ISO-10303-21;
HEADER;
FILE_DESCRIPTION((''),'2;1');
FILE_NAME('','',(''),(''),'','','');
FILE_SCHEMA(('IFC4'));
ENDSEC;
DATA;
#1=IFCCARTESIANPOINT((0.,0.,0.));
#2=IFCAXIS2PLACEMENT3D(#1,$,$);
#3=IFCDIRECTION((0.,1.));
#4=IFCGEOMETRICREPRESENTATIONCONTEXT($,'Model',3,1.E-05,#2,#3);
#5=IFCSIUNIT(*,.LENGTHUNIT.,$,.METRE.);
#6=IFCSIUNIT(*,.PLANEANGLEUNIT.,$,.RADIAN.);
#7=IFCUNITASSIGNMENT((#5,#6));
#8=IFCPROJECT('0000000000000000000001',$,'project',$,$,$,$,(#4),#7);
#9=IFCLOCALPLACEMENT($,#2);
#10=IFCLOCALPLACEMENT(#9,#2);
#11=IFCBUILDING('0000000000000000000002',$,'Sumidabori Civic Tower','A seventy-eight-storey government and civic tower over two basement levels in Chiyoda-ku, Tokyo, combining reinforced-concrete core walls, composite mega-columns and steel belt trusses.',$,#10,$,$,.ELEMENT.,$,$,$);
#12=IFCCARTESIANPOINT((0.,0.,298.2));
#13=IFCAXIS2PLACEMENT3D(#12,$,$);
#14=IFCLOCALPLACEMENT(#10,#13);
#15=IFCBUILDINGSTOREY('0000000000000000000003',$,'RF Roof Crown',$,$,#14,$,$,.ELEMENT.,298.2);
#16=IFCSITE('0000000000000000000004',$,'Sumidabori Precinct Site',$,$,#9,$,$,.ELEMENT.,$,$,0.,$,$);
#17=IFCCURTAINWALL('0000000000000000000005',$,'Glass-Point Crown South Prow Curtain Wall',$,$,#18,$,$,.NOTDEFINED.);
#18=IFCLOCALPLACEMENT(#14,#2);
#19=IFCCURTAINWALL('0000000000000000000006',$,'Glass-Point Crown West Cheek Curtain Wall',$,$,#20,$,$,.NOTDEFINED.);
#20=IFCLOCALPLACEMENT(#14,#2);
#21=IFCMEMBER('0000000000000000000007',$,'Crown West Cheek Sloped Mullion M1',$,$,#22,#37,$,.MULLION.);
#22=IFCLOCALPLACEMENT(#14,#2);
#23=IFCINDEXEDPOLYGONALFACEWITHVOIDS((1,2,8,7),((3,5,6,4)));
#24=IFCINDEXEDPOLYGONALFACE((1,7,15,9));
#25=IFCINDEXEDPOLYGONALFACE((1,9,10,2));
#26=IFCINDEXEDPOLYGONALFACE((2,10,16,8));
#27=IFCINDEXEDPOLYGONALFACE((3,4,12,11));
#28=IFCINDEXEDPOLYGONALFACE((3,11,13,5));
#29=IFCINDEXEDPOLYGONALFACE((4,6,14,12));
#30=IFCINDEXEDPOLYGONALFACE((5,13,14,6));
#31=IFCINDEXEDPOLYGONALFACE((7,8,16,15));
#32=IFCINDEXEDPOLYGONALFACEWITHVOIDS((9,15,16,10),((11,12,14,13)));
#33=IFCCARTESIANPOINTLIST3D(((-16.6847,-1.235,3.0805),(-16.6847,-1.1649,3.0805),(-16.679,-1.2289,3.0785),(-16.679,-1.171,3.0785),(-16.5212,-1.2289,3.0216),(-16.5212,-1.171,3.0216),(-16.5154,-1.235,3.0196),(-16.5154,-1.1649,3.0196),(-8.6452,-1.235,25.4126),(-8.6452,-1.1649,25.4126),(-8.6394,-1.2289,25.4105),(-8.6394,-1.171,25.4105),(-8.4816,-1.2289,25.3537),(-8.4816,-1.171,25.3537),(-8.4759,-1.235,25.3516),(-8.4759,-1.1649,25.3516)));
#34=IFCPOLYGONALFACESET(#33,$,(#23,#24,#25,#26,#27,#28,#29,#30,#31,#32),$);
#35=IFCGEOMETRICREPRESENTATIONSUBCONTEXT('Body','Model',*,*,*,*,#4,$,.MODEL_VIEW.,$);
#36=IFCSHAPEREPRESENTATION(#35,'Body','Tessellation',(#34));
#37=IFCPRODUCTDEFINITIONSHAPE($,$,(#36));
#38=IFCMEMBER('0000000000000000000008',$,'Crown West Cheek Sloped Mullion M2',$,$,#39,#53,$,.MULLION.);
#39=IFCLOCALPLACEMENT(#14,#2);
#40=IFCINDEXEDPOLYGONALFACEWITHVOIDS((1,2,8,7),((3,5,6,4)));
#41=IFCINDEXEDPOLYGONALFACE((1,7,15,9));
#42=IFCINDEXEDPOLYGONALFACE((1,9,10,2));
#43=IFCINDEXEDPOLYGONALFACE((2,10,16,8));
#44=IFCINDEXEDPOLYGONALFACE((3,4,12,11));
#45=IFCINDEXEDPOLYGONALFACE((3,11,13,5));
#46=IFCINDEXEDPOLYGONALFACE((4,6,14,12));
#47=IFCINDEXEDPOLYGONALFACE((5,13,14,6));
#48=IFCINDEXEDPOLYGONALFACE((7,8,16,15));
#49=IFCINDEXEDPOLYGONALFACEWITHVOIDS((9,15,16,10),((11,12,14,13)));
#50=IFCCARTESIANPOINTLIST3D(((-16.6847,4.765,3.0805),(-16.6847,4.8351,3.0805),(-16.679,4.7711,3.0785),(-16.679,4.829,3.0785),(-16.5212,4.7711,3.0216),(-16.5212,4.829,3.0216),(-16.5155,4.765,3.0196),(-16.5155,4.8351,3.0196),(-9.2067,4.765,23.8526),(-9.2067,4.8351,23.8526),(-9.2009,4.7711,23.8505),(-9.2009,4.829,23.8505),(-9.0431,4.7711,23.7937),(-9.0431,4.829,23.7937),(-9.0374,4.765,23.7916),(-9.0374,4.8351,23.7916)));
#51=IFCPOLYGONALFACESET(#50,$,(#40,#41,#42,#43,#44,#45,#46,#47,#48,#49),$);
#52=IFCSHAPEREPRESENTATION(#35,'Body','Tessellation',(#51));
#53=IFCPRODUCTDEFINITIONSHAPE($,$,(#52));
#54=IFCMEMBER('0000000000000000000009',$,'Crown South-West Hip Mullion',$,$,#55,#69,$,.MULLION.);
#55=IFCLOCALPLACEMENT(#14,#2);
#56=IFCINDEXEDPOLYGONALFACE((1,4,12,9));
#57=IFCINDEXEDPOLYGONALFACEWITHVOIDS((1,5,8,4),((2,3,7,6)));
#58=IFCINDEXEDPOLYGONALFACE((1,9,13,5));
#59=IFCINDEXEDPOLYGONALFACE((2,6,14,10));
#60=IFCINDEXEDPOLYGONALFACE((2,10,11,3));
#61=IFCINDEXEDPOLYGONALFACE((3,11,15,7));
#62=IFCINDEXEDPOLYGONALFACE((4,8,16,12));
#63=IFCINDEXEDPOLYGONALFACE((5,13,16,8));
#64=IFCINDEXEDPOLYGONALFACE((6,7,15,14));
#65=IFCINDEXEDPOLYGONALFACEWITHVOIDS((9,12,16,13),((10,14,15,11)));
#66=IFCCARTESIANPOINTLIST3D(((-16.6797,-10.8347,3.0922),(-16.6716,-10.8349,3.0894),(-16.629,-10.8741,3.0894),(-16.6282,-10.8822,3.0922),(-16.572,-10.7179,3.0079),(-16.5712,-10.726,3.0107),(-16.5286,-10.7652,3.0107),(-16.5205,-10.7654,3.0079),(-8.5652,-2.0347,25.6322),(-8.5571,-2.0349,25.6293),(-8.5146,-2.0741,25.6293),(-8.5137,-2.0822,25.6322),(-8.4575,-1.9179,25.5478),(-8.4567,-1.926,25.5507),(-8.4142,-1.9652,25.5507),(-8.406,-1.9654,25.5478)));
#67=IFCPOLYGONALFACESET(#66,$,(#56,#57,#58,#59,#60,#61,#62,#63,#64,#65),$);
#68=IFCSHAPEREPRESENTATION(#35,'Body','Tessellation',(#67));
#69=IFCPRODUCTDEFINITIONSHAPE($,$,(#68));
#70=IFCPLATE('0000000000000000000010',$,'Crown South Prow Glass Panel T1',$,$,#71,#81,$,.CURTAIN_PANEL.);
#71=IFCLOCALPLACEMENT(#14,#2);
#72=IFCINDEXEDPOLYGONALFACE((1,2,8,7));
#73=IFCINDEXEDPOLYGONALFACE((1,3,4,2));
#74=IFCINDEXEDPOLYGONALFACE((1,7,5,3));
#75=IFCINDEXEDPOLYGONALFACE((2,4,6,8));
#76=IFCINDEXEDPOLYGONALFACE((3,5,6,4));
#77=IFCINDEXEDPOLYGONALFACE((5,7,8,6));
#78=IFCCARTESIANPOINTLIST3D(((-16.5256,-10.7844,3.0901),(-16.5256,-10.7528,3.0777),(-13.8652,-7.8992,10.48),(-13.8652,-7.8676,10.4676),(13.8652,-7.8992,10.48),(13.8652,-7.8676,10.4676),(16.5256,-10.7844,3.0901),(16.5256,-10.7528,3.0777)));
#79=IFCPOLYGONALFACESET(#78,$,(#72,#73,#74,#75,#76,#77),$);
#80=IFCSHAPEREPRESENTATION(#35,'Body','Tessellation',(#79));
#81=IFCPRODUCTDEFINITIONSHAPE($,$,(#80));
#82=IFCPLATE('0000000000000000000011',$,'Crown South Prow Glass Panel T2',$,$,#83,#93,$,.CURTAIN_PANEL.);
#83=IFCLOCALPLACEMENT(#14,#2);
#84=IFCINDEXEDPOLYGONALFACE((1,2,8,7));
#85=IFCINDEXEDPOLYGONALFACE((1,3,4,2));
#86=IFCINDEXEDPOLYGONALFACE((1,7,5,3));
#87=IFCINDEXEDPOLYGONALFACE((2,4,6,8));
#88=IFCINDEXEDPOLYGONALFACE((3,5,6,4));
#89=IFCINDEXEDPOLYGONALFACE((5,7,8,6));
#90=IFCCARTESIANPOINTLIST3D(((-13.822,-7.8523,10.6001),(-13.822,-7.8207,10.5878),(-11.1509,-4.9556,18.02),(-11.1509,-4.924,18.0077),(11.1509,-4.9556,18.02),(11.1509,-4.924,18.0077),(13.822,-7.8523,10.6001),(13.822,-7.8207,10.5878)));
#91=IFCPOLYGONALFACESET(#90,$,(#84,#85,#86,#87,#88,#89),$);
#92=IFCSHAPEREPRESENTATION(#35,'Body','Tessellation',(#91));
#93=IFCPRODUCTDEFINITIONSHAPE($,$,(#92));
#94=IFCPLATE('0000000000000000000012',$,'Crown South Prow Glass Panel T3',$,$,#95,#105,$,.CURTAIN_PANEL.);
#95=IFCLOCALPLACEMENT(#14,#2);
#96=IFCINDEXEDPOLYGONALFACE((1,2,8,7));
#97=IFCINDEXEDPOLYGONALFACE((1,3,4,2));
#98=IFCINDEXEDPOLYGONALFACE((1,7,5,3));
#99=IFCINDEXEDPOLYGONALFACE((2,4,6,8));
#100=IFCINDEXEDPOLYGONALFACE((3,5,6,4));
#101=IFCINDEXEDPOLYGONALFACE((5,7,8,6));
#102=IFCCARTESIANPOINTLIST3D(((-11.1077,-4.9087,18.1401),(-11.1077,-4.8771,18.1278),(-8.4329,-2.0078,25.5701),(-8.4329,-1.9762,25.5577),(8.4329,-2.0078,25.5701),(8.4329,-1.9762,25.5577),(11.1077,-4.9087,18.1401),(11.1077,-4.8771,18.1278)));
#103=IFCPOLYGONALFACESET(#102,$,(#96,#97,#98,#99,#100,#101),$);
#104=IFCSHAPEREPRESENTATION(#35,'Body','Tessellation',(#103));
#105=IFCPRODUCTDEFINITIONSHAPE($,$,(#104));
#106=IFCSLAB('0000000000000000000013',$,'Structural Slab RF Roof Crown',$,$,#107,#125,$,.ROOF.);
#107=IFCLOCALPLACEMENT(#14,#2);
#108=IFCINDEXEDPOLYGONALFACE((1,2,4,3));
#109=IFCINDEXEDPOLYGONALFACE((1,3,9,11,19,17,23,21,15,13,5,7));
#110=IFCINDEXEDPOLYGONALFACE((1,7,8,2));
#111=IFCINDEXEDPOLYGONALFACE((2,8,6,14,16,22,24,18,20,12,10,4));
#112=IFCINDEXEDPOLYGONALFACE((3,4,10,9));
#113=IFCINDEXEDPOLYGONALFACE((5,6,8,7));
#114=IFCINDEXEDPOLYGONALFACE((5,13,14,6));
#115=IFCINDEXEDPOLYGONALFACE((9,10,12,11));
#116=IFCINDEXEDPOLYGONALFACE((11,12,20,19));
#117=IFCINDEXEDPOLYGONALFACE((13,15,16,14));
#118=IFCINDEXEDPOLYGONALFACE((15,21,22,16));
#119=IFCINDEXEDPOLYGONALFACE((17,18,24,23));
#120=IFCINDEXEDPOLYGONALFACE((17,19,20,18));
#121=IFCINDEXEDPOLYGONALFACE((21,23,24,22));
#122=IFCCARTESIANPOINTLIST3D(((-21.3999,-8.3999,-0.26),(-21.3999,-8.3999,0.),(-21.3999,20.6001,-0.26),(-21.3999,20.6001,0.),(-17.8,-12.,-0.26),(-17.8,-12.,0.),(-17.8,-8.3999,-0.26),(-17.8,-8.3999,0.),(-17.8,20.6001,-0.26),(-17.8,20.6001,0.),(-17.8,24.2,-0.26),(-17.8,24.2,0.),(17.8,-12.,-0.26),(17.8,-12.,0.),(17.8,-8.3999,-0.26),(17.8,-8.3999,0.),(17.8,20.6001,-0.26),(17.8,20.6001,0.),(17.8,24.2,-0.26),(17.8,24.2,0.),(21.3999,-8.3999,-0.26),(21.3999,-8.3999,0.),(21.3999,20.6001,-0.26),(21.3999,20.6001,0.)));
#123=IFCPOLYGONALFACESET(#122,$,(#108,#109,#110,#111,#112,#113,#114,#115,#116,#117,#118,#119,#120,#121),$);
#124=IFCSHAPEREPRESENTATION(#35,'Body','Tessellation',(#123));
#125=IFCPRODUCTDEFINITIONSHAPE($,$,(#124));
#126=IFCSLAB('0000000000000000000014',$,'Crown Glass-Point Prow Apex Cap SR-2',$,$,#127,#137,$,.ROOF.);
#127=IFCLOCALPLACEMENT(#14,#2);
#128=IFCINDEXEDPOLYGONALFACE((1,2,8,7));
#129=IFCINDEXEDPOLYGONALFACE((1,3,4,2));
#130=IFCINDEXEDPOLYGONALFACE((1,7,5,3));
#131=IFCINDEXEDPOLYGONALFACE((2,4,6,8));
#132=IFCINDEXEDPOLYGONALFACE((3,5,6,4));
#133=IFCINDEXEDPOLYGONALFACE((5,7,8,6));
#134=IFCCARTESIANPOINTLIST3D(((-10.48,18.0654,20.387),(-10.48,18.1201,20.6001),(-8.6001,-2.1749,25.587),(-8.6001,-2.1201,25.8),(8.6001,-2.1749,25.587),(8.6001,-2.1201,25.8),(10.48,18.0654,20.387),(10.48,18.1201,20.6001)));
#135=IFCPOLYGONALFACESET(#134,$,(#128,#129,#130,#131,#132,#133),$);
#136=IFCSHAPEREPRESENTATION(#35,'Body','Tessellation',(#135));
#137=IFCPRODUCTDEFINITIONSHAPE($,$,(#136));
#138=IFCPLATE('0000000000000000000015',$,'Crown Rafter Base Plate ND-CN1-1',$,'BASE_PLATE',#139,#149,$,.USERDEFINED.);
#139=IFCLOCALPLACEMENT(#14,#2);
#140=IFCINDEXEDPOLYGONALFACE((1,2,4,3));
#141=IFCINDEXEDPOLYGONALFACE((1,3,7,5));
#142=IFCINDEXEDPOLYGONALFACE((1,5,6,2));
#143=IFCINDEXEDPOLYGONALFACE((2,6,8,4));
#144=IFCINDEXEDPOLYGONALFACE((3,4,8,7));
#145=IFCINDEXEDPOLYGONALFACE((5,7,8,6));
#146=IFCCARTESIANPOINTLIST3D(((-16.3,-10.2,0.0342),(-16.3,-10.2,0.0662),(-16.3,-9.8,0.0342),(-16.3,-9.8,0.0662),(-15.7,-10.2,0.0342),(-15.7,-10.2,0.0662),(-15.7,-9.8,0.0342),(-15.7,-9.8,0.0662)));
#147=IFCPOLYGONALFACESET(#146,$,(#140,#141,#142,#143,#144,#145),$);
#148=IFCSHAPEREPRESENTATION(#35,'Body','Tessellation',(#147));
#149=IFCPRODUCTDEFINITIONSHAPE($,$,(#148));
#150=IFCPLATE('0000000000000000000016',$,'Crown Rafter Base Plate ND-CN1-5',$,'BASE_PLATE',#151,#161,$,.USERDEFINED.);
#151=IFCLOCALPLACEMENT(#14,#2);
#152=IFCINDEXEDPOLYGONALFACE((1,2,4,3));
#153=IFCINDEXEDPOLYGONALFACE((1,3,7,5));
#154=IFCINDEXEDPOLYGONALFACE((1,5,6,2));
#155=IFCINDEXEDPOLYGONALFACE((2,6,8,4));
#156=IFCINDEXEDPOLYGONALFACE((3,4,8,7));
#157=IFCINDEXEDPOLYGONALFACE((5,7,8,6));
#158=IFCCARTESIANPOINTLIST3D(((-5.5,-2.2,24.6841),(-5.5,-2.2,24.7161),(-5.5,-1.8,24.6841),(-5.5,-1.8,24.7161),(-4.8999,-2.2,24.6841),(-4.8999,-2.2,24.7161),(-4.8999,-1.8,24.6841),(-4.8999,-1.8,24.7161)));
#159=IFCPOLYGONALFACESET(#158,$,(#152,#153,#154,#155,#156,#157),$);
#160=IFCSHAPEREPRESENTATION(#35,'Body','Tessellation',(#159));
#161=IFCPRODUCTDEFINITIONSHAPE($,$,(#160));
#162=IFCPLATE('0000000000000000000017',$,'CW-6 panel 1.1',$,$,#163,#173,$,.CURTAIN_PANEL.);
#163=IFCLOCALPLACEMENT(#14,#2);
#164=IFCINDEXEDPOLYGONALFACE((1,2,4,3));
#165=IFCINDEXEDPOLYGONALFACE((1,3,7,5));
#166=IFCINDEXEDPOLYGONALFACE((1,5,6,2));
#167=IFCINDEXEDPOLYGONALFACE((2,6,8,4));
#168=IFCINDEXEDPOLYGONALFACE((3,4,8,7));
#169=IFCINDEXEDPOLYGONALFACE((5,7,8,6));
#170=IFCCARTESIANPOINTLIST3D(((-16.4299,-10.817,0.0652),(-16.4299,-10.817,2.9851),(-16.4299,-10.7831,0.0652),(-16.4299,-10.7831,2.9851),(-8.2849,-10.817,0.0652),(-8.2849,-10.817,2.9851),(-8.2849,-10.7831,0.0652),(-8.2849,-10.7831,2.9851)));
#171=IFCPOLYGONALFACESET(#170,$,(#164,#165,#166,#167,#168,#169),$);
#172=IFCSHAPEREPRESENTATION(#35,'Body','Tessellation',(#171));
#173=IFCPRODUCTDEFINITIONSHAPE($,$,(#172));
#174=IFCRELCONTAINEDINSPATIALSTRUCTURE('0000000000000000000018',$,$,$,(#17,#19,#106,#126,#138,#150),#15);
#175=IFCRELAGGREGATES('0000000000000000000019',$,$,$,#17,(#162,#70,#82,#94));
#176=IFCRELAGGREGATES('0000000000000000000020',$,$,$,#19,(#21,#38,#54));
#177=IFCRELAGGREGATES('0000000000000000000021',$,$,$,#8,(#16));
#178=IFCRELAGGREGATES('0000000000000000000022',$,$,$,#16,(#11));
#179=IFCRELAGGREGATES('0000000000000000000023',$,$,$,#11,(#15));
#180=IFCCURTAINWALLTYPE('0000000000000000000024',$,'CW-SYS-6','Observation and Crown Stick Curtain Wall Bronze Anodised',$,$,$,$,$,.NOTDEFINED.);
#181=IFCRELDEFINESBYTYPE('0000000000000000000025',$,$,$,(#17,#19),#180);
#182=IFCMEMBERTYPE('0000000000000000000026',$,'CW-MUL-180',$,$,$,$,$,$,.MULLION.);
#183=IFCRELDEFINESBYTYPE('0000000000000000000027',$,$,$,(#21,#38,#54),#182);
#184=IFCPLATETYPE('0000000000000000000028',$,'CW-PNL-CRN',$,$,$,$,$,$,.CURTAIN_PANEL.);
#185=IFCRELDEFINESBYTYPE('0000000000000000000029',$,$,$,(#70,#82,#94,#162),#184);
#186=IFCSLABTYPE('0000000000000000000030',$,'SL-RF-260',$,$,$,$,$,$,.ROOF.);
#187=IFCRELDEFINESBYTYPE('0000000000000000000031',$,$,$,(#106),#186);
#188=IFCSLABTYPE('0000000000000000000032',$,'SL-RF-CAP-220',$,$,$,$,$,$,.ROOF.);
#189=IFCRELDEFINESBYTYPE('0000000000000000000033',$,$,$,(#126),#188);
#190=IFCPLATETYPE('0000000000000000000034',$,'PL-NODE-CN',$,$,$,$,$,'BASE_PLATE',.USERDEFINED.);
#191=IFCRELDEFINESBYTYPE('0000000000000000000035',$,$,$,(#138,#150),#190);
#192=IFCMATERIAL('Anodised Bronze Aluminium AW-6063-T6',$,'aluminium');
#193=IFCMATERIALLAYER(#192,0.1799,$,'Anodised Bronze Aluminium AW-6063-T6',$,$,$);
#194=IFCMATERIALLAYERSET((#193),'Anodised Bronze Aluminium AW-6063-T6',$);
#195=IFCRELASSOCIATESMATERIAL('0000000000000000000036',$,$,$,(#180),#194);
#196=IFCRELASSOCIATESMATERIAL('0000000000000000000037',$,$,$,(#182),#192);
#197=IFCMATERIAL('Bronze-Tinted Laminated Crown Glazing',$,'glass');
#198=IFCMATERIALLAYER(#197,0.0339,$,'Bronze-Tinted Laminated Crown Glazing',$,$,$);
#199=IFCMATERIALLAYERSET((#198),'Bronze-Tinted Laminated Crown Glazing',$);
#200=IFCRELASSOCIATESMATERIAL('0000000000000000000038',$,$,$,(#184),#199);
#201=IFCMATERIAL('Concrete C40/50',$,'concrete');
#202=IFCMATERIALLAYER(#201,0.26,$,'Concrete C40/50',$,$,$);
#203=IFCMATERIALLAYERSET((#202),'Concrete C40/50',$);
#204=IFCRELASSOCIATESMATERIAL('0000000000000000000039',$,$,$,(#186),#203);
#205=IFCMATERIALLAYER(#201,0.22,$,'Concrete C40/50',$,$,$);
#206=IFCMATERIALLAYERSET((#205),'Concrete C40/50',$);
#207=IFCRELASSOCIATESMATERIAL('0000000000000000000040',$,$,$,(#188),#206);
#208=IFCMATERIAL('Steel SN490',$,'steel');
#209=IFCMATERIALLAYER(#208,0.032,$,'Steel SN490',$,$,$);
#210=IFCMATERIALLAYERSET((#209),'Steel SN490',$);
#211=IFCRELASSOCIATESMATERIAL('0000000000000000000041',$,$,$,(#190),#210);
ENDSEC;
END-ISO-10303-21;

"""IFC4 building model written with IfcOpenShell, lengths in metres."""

from ifc_helpers import new_model, si_unit, direction, frame, origin, origin_2d, place, context, subcontext, project, spatial, polyline, rectangle, hollow_rectangle, outline, extrude, source, transform, mapped, material, layer, layer_set, material_profile, profile_set, type_object, element, aggregate, save


model = new_model("IFC4")

# Units and contexts
model_context = context("Model", 3, precision=1e-05, world=origin(), true_north=direction((0.0, 1.0)))
body_context = subcontext(model_context, "Body", "Model", "MODEL_VIEW")
ifc_project = project(units=[si_unit("LENGTHUNIT", "METRE"), si_unit("PLANEANGLEUNIT", "RADIAN")], contexts=[model_context])

# Site, building, storey
site_placement = place(None, origin())
site = spatial("IfcSite", under=ifc_project, at=site_placement, Name="Sumidabori Precinct Site", CompositionType="ELEMENT", RefElevation=0.0)
building_placement = place(site_placement, origin())
building = spatial("IfcBuilding", under=site, at=building_placement, Name="Sumidabori Civic Tower", Description="A seventy-eight-storey government and civic tower over two basement levels in Chiyoda-ku, Tokyo, combining reinforced-concrete core walls, composite mega-columns and steel belt trusses.", CompositionType="ELEMENT")
storey_placement = place(building_placement, frame((0.0, 0.0, 298.2)))
storey = spatial("IfcBuildingStorey", under=building, at=storey_placement, Name="RF Roof Crown", CompositionType="ELEMENT", Elevation=298.2)

# Shared definitions
ifc_material_1 = material(Name="Steel SN490", Category="steel")

# Curtain walls
ifc_material_2 = material(Name="Anodised Bronze Aluminium AW-6063-T6", Category="aluminium")
ifc_layer_1 = layer(ifc_material_2, 0.1799, Name="Anodised Bronze Aluminium AW-6063-T6")
ifc_layer_set_1 = layer_set([ifc_layer_1], Name="Anodised Bronze Aluminium AW-6063-T6")
curtain_wall_type = type_object("IfcCurtainWallType", Name="CW-SYS-6", Description="Observation and Crown Stick Curtain Wall Bronze Anodised", PredefinedType="NOTDEFINED", material=ifc_layer_set_1)
curtain_wall_1_placement = place(storey_placement, origin())
curtain_wall_1 = element("IfcCurtainWall", 1, at=curtain_wall_1_placement, inside=storey, type_object=curtain_wall_type, Name="Glass-Point Crown South Prow Curtain Wall", PredefinedType="NOTDEFINED")
ifc_material_profile_1 = material_profile(ifc_material_2, hollow_rectangle(XDim=0.0701, YDim=0.1799, WallThickness=0.0061, at=origin_2d()), Name="ALU MULLION 180x70")
ifc_profile_set_1 = profile_set([ifc_material_profile_1], Name="Anodised Bronze Aluminium AW-6063-T6")
member_type_1 = type_object("IfcMemberType", Name="CW-MUL-180", PredefinedType="MULLION", material=ifc_profile_set_1)
curtain_wall_2_placement = place(storey_placement, origin())
curtain_wall_2 = element("IfcCurtainWall", 2, at=curtain_wall_2_placement, inside=storey, type_object=curtain_wall_type, Name="Glass-Point Crown West Cheek Curtain Wall", PredefinedType="NOTDEFINED")

# Members
shared_shape_1 = source(origin(), body_context, "Body", "SweptSolid", [
    extrude(hollow_rectangle(XDim=0.0701, YDim=0.1799, WallThickness=0.0061, at=origin_2d()), origin(), (0.0, 0.0, 1.0), 23.7351),
])
member_1_placement = place(storey_placement, frame((-16.6001, -1.2, 3.05), z_axis=(0.33872, 0.0, 0.940887), x_axis=(0.0, 1.0, 0.0)))
member_1 = element("IfcMember", 3, at=member_1_placement, type_object=member_type_1, Name="Crown West Cheek Sloped Mullion M1", PredefinedType="MULLION", context=body_context, shape_type="MappedRepresentation", body=[
    mapped(shared_shape_1, transform((0.0, 0.0, 0.0), x_axis=(1.0, 0.0, 0.0), y_axis=(0.0, 1.0, 0.0), z_axis=(0.0, 0.0, 1.0), scale=1.0)),
])
shared_shape_2 = source(origin(), body_context, "Body", "SweptSolid", [
    extrude(hollow_rectangle(XDim=0.0701, YDim=0.1799, WallThickness=0.0061, at=origin_2d()), origin(), (0.0, 0.0, 1.0), 22.0771),
])
member_2_placement = place(storey_placement, frame((-16.6001, 4.8, 3.05), z_axis=(0.338724, 0.0, 0.940886), x_axis=(0.0, 1.0, 0.0)))
member_2 = element("IfcMember", 4, at=member_2_placement, type_object=member_type_1, Name="Crown West Cheek Sloped Mullion M2", PredefinedType="MULLION", context=body_context, shape_type="MappedRepresentation", body=[
    mapped(shared_shape_2, transform((0.0, 0.0, 0.0), x_axis=(1.0, 0.0, 0.0), y_axis=(0.0, 1.0, 0.0), z_axis=(0.0, 0.0, 1.0), scale=1.0)),
])
shared_shape_3 = source(origin(), body_context, "Body", "SweptSolid", [
    extrude(hollow_rectangle(XDim=0.0701, YDim=0.1799, WallThickness=0.0061, at=origin_2d()), origin(), (0.0, 0.0, 1.0), 25.5212),
])
member_3_placement = place(storey_placement, frame((-16.6001, -10.8, 3.05), z_axis=(0.31795, 0.344811, 0.883184), x_axis=(-0.735162, 0.677891, 0.0)))
member_3 = element("IfcMember", 5, at=member_3_placement, type_object=member_type_1, Name="Crown South-West Hip Mullion", PredefinedType="MULLION", context=body_context, shape_type="MappedRepresentation", body=[
    mapped(shared_shape_3, transform((0.0, 0.0, 0.0), x_axis=(1.0, 0.0, 0.0), y_axis=(0.0, 1.0, 0.0), z_axis=(0.0, 0.0, 1.0), scale=1.0)),
])

# Plates
ifc_material_3 = material(Name="Bronze-Tinted Laminated Crown Glazing", Category="glass")
ifc_layer_2 = layer(ifc_material_3, 0.0339, Name="Bronze-Tinted Laminated Crown Glazing")
ifc_layer_set_2 = layer_set([ifc_layer_2], Name="Bronze-Tinted Laminated Crown Glazing")
plate_type_1 = type_object("IfcPlateType", Name="CW-PNL-CRN", PredefinedType="CURTAIN_PANEL", material=ifc_layer_set_2)
plate_1_placement = place(storey_placement, frame((-16.5256, -10.7844, 3.0901), z_axis=(0.0, -0.931518, 0.363695), x_axis=(1.0, 0.0, 0.0)))
plate_1 = element("IfcPlate", 6, at=plate_1_placement, type_object=plate_type_1, Name="Crown South Prow Glass Panel T1", PredefinedType="CURTAIN_PANEL", context=body_context, shape_type="SweptSolid", body=[
    extrude(outline(polyline([(0.0, 0.0), (33.0513, 0.0), (30.3909, 7.9332), (2.6604, 7.9332), (0.0, 0.0)])), origin(), (0.0, 0.0, -1.0), 0.0339),
])
plate_2_placement = place(storey_placement, frame((-13.822, -7.8523, 10.6001), z_axis=(0.0, -0.931529, 0.363668), x_axis=(1.0, 0.0, 0.0)))
plate_2 = element("IfcPlate", 7, at=plate_2_placement, type_object=plate_type_1, Name="Crown South Prow Glass Panel T2", PredefinedType="CURTAIN_PANEL", context=body_context, shape_type="SweptSolid", body=[
    extrude(outline(polyline([(0.0, 0.0), (27.644, 0.0), (24.9729, 7.9653), (2.6711, 7.9653), (0.0, 0.0)])), origin(), (0.0, 0.0, -1.0), 0.0339),
])
plate_3_placement = place(storey_placement, frame((-11.1077, -4.9087, 18.1401), z_axis=(0.0, -0.931518, 0.363694), x_axis=(1.0, 0.0, 0.0)))
plate_3 = element("IfcPlate", 8, at=plate_3_placement, type_object=plate_type_1, Name="Crown South Prow Glass Panel T3", PredefinedType="CURTAIN_PANEL", context=body_context, shape_type="SweptSolid", body=[
    extrude(outline(polyline([(0.0, 0.0), (22.2153, 0.0), (19.5405, 7.9762), (2.6748, 7.9762), (0.0, 0.0)])), origin(), (0.0, 0.0, -1.0), 0.0339),
])

# Slabs
ifc_material_4 = material(Name="Concrete C40/50", Category="concrete")
ifc_layer_3 = layer(ifc_material_4, 0.26, Name="Concrete C40/50")
ifc_layer_set_3 = layer_set([ifc_layer_3], Name="Concrete C40/50")
slab_type_1 = type_object("IfcSlabType", Name="SL-RF-260", PredefinedType="ROOF", material=ifc_layer_set_3)
slab_1_placement = place(storey_placement, frame((0.0, 0.0, -0.26)))
element("IfcSlab", 9, at=slab_1_placement, inside=storey, type_object=slab_type_1, Name="Structural Slab RF Roof Crown", PredefinedType="ROOF", context=body_context, shape_type="SweptSolid", body=[
    extrude(outline(polyline([(-17.8, -12.0), (17.8, -12.0), (17.8, -8.3999), (21.3999, -8.3999), (21.3999, 20.6001), (17.8, 20.6001), (17.8, 24.2), (-17.8, 24.2), (-17.8, 20.6001), (-21.3999, 20.6001), (-21.3999, -8.3999), (-17.8, -8.3999), (-17.8, -12.0)])), origin(), (0.0, 0.0, 1.0), 0.26),
])
ifc_layer_4 = layer(ifc_material_4, 0.22, Name="Concrete C40/50")
ifc_layer_set_4 = layer_set([ifc_layer_4], Name="Concrete C40/50")
slab_type_2 = type_object("IfcSlabType", Name="SL-RF-CAP-220", PredefinedType="ROOF", material=ifc_layer_set_4)
slab_2_placement = place(storey_placement, frame((-8.6001, -2.1201, 25.8), z_axis=(0.0, 0.248831, 0.968547), x_axis=(1.0, 0.0, 0.0)))
element("IfcSlab", 10, at=slab_2_placement, inside=storey, type_object=slab_type_2, Name="Crown Glass-Point Prow Apex Cap SR-2", PredefinedType="ROOF", context=body_context, shape_type="SweptSolid", body=[
    extrude(outline(polyline([(0.0, 0.0), (17.2002, 0.0), (19.0801, 20.8975), (-1.8799, 20.8975), (0.0, 0.0)])), origin(), (0.0, 0.0, -1.0), 0.22),
])

# Plates
ifc_layer_5 = layer(ifc_material_1, 0.032, Name="Steel SN490")
ifc_layer_set_5 = layer_set([ifc_layer_5], Name="Steel SN490")
plate_type_2 = type_object("IfcPlateType", Name="PL-NODE-CN", ElementType="BASE_PLATE", PredefinedType="USERDEFINED", material=ifc_layer_set_5)
shared_shape_4 = source(origin(), body_context, "Body", "SweptSolid", [
    extrude(rectangle(XDim=0.6001, YDim=0.3999, at=origin_2d()), origin(), (0.0, 0.0, 1.0), 0.032),
])
for number, where, z_axis, x_axis, name in (
    (11, (-16.0, -10.0, 0.0342), (0.0, 0.0, 1.0), (1.0, 0.0, 0.0), "Crown Rafter Base Plate ND-CN1-1"),
    (12, (-5.2, -2.0, 24.6841), (0.0, 0.0, 1.0), (1.0, 0.0, 0.0), "Crown Rafter Base Plate ND-CN1-5"),
):
    element("IfcPlate", number, at=place(storey_placement, frame(where, z_axis=z_axis, x_axis=x_axis)), inside=storey, type_object=plate_type_2, Name=name, ObjectType="BASE_PLATE", PredefinedType="USERDEFINED", context=body_context, shape_type="MappedRepresentation", body=[
        mapped(shared_shape_4, transform((0.0, 0.0, 0.0), x_axis=(1.0, 0.0, 0.0), y_axis=(0.0, 1.0, 0.0), z_axis=(0.0, 0.0, 1.0), scale=1.0)),
    ])

# Plate
shared_shape_5 = source(origin(), body_context, "Body", "SweptSolid", [
    extrude(rectangle(XDim=8.145, YDim=0.0339, at=origin_2d()), origin(), (0.0, 0.0, 1.0), 2.9199),
])
plate_4_placement = place(storey_placement, frame((-12.3574, -10.8, 0.0652), z_axis=(0.0, 0.0, 1.0), x_axis=(1.0, 0.0, 0.0)))
plate_4 = element("IfcPlate", 13, at=plate_4_placement, type_object=plate_type_1, Name="CW-6 panel 1.1", PredefinedType="CURTAIN_PANEL", context=body_context, shape_type="MappedRepresentation", body=[
    mapped(shared_shape_5, transform((0.0, 0.0, 0.0), x_axis=(1.0, 0.0, 0.0), y_axis=(0.0, 1.0, 0.0), z_axis=(0.0, 0.0, 1.0), scale=1.0)),
])
aggregate(curtain_wall_1, [plate_4, plate_1, plate_2, plate_3])
aggregate(curtain_wall_2, [member_1, member_2, member_3])

save(model, "model.ifc")
